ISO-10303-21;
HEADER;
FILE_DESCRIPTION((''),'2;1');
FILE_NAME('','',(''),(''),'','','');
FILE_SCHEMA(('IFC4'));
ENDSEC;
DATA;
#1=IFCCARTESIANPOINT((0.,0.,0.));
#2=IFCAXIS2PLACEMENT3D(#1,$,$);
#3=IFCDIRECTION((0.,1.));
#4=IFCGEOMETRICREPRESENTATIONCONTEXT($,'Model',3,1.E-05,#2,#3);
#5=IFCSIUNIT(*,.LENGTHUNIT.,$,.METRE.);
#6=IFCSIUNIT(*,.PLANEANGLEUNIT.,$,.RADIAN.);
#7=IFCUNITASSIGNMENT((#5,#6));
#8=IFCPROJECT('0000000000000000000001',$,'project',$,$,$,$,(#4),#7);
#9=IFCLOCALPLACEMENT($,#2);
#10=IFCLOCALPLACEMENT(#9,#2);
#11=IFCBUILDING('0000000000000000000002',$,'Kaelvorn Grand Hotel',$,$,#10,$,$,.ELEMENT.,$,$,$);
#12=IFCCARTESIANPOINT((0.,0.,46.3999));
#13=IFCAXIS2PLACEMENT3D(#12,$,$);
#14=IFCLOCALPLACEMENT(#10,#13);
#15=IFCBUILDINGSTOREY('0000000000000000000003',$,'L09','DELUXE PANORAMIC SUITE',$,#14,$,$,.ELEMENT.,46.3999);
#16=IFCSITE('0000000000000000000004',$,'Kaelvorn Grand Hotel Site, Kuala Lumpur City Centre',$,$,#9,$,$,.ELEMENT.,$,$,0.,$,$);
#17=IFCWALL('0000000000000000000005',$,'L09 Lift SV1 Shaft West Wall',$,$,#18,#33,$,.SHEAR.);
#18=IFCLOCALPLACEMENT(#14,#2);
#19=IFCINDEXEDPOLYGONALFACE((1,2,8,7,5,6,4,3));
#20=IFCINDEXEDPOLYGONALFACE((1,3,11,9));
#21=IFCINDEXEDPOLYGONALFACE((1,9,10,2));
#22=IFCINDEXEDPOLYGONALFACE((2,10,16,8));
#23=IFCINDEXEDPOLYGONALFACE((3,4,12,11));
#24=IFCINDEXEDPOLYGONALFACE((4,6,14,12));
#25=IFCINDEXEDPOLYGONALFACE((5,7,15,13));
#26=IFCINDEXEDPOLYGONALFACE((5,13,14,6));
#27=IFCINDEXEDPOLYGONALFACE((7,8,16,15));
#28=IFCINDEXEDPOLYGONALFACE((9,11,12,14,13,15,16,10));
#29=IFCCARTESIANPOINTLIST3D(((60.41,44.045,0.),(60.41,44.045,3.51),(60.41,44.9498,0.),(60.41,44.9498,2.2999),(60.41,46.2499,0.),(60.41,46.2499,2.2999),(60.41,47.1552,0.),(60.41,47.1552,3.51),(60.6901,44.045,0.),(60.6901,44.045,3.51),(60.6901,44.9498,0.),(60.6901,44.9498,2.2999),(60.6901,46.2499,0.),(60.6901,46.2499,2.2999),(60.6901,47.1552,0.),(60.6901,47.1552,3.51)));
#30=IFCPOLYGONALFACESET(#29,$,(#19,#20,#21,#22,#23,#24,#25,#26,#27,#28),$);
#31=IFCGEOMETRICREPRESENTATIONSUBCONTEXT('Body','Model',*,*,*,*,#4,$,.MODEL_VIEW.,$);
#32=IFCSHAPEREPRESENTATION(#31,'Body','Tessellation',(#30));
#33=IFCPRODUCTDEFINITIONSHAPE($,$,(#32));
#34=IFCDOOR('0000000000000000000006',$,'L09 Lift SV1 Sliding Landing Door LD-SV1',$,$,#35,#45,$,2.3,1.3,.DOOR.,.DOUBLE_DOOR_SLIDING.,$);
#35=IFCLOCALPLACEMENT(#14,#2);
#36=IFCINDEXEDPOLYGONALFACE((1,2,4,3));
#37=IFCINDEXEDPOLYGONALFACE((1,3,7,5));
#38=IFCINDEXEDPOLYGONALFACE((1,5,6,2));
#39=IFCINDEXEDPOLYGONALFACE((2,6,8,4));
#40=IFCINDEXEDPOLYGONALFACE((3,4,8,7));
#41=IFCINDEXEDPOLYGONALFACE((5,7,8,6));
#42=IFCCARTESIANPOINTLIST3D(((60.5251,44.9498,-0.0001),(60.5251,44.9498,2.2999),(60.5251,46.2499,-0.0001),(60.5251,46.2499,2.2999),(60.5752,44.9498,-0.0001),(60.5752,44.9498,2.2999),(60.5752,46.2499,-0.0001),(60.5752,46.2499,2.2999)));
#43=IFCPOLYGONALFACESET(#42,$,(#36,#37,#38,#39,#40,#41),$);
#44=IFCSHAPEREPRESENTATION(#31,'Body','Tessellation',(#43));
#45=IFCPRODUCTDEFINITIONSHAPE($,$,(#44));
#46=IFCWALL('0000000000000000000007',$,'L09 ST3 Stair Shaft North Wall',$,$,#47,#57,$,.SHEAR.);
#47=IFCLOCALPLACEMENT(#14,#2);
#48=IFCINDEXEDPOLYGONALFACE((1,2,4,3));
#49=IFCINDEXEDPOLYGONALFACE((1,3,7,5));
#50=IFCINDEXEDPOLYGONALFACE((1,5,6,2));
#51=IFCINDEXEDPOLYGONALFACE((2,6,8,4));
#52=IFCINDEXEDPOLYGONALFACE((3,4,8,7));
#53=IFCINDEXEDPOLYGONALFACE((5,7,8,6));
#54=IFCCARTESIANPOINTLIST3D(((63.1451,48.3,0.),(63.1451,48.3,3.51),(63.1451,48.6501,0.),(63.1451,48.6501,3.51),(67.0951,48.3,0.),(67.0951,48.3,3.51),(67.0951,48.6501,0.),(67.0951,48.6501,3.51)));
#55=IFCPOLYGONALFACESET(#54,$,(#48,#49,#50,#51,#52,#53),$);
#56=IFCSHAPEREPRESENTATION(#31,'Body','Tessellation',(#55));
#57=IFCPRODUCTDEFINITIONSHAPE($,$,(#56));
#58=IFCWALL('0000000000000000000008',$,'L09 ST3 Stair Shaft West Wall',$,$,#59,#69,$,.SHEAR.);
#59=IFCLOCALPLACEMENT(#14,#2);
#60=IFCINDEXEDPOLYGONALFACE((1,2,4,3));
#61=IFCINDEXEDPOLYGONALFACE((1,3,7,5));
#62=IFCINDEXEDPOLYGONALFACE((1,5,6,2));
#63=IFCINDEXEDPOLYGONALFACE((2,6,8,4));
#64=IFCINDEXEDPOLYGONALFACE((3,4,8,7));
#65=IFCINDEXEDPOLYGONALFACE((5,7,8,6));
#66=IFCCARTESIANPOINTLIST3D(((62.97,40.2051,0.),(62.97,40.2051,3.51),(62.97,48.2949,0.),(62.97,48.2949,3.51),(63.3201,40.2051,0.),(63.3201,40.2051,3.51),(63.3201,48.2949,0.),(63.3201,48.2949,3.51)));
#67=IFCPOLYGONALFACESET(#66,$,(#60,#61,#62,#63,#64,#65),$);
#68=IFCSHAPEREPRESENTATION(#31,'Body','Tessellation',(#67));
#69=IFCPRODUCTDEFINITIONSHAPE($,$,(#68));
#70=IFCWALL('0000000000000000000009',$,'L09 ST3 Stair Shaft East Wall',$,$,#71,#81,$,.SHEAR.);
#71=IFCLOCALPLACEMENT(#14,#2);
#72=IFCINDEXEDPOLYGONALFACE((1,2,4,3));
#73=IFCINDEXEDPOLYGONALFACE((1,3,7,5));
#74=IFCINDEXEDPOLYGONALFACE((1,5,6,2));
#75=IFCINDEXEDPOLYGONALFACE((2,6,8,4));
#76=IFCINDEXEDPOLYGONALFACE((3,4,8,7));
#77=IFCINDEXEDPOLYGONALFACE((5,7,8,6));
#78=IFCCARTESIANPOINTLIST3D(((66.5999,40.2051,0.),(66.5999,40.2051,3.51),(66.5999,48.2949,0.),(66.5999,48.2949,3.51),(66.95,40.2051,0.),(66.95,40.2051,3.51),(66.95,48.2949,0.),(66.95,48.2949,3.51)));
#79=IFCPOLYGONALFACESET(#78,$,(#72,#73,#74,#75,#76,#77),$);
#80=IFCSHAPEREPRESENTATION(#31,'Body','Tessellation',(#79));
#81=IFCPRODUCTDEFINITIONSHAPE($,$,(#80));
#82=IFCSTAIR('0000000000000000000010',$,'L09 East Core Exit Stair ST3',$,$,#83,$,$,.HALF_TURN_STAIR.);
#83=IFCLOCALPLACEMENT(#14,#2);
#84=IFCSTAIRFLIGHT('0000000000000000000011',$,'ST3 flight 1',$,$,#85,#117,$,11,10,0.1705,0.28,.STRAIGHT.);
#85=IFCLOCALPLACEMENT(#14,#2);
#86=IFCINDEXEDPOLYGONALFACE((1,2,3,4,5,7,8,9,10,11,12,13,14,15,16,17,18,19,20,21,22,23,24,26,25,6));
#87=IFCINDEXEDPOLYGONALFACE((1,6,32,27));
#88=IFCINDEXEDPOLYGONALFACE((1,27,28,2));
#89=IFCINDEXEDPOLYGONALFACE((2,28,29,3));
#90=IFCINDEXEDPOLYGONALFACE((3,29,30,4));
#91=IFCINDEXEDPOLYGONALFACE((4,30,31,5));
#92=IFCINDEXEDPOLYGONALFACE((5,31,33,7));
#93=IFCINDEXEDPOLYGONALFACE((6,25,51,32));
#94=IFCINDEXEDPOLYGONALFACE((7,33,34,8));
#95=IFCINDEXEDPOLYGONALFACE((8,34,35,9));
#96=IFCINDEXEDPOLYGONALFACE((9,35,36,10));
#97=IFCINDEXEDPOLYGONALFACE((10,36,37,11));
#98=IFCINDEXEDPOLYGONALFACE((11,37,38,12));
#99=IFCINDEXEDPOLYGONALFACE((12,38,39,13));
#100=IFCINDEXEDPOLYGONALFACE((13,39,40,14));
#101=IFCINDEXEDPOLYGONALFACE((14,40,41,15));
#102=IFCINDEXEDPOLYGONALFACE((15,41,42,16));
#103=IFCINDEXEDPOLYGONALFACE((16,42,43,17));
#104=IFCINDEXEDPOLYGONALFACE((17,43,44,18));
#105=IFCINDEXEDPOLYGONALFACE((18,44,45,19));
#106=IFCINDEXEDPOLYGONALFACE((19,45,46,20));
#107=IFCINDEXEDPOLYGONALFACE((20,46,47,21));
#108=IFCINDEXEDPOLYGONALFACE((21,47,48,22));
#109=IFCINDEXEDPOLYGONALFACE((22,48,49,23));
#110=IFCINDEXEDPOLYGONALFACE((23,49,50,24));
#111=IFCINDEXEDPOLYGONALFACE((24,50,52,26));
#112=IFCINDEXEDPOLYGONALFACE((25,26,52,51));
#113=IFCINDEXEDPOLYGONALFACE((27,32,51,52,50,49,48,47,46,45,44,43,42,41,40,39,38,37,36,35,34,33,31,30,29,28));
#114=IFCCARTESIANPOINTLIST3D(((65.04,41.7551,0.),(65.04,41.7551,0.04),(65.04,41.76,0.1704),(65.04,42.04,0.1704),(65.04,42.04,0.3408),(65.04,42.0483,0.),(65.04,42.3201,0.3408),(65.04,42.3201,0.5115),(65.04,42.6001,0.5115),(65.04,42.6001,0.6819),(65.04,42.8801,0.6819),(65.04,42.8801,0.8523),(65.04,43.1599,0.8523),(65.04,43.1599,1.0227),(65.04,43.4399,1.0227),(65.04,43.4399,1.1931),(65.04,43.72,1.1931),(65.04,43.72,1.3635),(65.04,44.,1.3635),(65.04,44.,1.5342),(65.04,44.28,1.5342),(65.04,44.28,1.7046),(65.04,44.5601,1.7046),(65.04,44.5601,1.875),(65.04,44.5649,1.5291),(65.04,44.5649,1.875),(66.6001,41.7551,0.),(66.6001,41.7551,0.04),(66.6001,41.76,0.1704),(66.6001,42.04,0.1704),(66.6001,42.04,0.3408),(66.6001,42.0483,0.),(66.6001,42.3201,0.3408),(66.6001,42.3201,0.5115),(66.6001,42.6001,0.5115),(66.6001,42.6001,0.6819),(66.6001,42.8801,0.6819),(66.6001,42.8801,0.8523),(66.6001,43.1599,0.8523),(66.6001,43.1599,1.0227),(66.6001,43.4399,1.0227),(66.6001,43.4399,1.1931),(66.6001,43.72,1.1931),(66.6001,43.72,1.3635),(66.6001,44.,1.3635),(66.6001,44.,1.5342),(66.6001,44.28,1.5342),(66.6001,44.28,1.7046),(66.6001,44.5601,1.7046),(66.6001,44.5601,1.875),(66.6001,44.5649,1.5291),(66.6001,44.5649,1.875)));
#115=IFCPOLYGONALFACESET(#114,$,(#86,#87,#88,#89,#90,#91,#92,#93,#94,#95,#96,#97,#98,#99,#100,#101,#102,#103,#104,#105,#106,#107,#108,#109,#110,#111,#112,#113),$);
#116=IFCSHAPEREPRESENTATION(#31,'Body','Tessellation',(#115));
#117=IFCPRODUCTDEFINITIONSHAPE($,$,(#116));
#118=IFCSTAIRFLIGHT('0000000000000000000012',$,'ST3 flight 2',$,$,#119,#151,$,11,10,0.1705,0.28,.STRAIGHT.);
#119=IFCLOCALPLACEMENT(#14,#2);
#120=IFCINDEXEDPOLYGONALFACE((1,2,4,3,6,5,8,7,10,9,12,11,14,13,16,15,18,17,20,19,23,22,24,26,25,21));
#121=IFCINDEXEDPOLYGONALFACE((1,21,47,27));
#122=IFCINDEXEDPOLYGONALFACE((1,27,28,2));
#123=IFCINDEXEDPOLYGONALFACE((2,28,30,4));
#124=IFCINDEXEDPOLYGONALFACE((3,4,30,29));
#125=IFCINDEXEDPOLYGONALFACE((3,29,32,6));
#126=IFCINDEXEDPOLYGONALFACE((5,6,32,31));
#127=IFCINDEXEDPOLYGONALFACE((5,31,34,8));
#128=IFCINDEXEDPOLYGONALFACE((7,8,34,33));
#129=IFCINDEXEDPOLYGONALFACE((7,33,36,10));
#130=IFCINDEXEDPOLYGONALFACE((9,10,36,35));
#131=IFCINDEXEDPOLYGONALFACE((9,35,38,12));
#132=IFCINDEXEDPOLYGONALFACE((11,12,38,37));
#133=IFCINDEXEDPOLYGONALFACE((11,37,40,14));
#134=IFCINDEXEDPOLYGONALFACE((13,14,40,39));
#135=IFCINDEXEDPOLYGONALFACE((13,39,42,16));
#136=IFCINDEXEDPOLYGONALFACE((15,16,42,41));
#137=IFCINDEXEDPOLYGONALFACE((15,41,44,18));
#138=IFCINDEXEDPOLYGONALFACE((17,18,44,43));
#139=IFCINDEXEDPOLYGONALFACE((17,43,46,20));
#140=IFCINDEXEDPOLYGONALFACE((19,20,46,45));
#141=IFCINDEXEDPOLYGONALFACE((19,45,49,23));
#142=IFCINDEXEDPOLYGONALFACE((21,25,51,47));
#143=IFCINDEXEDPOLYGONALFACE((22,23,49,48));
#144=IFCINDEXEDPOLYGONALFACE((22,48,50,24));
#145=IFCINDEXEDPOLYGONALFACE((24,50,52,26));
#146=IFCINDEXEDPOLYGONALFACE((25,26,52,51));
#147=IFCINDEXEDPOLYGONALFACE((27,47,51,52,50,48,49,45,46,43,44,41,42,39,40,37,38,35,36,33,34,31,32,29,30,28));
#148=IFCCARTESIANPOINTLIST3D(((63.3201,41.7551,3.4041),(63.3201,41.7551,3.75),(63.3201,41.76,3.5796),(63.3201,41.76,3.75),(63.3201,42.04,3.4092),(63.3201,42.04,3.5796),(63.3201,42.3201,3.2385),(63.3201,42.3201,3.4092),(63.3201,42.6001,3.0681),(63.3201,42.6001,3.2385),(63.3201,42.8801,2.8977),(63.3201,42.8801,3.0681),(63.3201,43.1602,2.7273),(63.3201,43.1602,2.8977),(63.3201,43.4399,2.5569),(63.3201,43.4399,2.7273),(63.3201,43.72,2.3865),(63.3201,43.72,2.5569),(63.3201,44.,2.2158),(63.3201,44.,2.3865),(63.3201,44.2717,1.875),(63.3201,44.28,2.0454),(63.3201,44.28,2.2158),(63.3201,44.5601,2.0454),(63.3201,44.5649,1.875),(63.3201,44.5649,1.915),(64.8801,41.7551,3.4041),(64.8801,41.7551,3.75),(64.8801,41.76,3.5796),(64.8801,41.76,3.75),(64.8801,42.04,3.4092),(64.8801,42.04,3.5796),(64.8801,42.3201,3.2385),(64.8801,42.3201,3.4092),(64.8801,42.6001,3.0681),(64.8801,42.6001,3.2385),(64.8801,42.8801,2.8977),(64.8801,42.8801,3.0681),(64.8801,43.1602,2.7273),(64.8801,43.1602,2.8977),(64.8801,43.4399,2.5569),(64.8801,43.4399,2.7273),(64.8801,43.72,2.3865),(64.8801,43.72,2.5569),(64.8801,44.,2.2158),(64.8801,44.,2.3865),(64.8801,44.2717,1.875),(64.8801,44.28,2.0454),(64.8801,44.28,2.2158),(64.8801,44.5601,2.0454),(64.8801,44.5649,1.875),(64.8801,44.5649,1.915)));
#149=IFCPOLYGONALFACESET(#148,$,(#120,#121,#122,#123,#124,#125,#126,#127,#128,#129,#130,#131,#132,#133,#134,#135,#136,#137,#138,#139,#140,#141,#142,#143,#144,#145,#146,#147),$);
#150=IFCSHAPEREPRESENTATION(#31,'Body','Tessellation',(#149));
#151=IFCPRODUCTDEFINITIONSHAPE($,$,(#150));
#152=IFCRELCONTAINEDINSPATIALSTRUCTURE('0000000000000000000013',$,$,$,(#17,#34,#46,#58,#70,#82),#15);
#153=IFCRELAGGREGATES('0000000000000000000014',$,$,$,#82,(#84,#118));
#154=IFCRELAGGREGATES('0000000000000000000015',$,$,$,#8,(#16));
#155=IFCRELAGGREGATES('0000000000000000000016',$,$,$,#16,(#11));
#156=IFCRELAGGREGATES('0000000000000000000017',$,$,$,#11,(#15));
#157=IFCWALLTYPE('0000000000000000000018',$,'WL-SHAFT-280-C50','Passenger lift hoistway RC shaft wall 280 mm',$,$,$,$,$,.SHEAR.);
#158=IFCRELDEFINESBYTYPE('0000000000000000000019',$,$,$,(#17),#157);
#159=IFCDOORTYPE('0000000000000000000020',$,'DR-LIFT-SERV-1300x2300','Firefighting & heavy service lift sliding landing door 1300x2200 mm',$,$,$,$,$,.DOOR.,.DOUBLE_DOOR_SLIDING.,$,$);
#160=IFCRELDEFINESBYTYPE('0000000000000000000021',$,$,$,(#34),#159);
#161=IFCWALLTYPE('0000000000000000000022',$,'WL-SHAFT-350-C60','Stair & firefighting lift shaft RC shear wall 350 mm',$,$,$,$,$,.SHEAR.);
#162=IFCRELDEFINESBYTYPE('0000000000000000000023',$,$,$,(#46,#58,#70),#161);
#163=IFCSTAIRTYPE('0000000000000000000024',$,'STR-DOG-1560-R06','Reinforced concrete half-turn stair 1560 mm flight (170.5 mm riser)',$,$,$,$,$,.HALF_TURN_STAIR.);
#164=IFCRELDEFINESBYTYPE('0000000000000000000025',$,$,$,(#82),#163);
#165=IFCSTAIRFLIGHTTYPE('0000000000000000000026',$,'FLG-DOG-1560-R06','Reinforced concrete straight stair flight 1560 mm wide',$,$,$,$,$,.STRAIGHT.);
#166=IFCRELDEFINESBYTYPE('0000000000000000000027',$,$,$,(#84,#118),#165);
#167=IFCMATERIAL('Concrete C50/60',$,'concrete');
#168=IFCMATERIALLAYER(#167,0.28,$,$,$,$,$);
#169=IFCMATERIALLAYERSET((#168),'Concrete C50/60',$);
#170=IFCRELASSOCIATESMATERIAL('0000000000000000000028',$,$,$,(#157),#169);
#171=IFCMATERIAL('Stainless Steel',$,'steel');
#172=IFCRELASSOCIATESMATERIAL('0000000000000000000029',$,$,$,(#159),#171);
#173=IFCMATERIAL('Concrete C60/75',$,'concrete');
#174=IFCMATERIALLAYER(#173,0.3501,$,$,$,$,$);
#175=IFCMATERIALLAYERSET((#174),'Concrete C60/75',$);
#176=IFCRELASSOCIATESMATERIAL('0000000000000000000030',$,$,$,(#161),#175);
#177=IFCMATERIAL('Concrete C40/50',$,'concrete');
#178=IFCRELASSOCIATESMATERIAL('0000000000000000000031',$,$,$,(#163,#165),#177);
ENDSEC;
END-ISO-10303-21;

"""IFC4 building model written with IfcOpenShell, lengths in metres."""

from ifc_helpers import new_model, si_unit, direction, frame, frame_2d, origin, place, context, subcontext, project, spatial, polyline, rectangle, outline, extrude, material, layer, layer_set, type_object, element, fill, aggregate, save


model = new_model("IFC4")

# Units and contexts
model_context = context("Model", 3, precision=1e-05, world=origin(), true_north=direction((0.0, 1.0)))
body_context = subcontext(model_context, "Body", "Model", "MODEL_VIEW")
ifc_project = project(units=[si_unit("LENGTHUNIT", "METRE"), si_unit("PLANEANGLEUNIT", "RADIAN")], contexts=[model_context])

# Site, building, storey
site_placement = place(None, origin())
site = spatial("IfcSite", under=ifc_project, at=site_placement, Name="Kaelvorn Grand Hotel Site, Kuala Lumpur City Centre", CompositionType="ELEMENT", RefElevation=0.0)
building_placement = place(site_placement, origin())
building = spatial("IfcBuilding", under=site, at=building_placement, Name="Kaelvorn Grand Hotel", CompositionType="ELEMENT")
storey_placement = place(building_placement, frame((0.0, 0.0, 46.3999)))
storey = spatial("IfcBuildingStorey", under=building, at=storey_placement, Name="L09", Description="DELUXE PANORAMIC SUITE", CompositionType="ELEMENT", Elevation=46.3999)

# Shared definitions
ifc_material_1 = material(Name="Concrete C60/75", Category="concrete")

# Shared definitions
ifc_material_2 = material(Name="Concrete C40/50", Category="concrete")
ifc_material_3 = material(Name="Concrete C50/60", Category="concrete")
ifc_layer_1 = layer(ifc_material_3, 0.28)
ifc_layer_set_1 = layer_set([ifc_layer_1], Name="Concrete C50/60")
wall_type_1 = type_object("IfcWallType", Name="WL-SHAFT-280-C50", Description="Passenger lift hoistway RC shaft wall 280 mm", PredefinedType="SHEAR", material=ifc_layer_set_1)

# Wall, opening, door
wall_1_placement = place(storey_placement, frame((60.55, 44.0449, 0.0), z_axis=(0.0, 0.0, 1.0), x_axis=(0.0, 1.0, 0.0)))
wall_1 = element("IfcWall", 1, at=wall_1_placement, inside=storey, type_object=wall_type_1, Name="L09 Lift SV1 Shaft West Wall", PredefinedType="SHEAR", context=body_context, shape_type="SweptSolid", body=[
    extrude(rectangle(XDim=3.1101, YDim=0.28, at=frame_2d((1.5552, 0.0))), origin(), (0.0, 0.0, 1.0), 3.51),
])
opening_1_placement = place(wall_1_placement, frame((0.905, 0.0, 0.0)))
opening_1 = element("IfcOpeningElement", 2, at=opening_1_placement, cuts=wall_1, PredefinedType="OPENING", context=body_context, shape_type="SweptSolid", body=[
    extrude(rectangle(XDim=1.3, YDim=2.3, at=frame_2d((0.6499, 1.1499))), frame((0.0, 0.1499, 0.0), z_axis=(0.0, -1.0, 0.0), x_axis=(1.0, 0.0, 0.0)), (0.0, 0.0, 1.0), 0.3),
])
ifc_material_4 = material(Name="Stainless Steel", Category="steel")
door_type_1 = type_object("IfcDoorType", Name="DR-LIFT-SERV-1300x2300", Description="Firefighting & heavy service lift sliding landing door 1300x2200 mm", OperationType="DOUBLE_DOOR_SLIDING", PredefinedType="DOOR", material=ifc_material_4)
door_1_placement = place(opening_1_placement, origin())
door_1 = element("IfcDoor", 3, at=door_1_placement, inside=storey, type_object=door_type_1, Name="L09 Lift SV1 Sliding Landing Door LD-SV1", OperationType="DOUBLE_DOOR_SLIDING", OverallHeight=2.3, OverallWidth=1.3, PredefinedType="DOOR", context=body_context, shape_type="SweptSolid", body=[
    extrude(rectangle(XDim=1.3, YDim=2.3, at=frame_2d((0.6499, 1.1499))), frame((0.0, 0.0249, 0.0), z_axis=(0.0, -1.0, 0.0), x_axis=(1.0, 0.0, 0.0)), (0.0, 0.0, 1.0), 0.05),
])
fill(opening_1, door_1)
ifc_layer_2 = layer(ifc_material_1, 0.3501)
ifc_layer_set_2 = layer_set([ifc_layer_2], Name="Concrete C60/75")
wall_type_2 = type_object("IfcWallType", Name="WL-SHAFT-350-C60", Description="Stair & firefighting lift shaft RC shear wall 350 mm", PredefinedType="SHEAR", material=ifc_layer_set_2)

# Walls
wall_2_placement = place(storey_placement, frame((63.145, 48.4751, 0.0), z_axis=(0.0, 0.0, 1.0), x_axis=(1.0, 0.0, 0.0)))
element("IfcWall", 4, at=wall_2_placement, inside=storey, type_object=wall_type_2, Name="L09 ST3 Stair Shaft North Wall", PredefinedType="SHEAR", context=body_context, shape_type="SweptSolid", body=[
    extrude(rectangle(XDim=3.95, YDim=0.3501, at=frame_2d((1.9751, 0.0))), origin(), (0.0, 0.0, 1.0), 3.51),
])
for number, where, z_axis, x_axis, name in (
    (5, (63.145, 40.2051, 0.0), (0.0, 0.0, 1.0), (0.0, 1.0, 0.0), "L09 ST3 Stair Shaft West Wall"),
    (6, (66.7749, 40.2051, 0.0), (0.0, 0.0, 1.0), (0.0, 1.0, 0.0), "L09 ST3 Stair Shaft East Wall"),
):
    element("IfcWall", number, at=place(storey_placement, frame(where, z_axis=z_axis, x_axis=x_axis)), inside=storey, type_object=wall_type_2, Name=name, PredefinedType="SHEAR", context=body_context, shape_type="SweptSolid", body=[
        extrude(rectangle(XDim=8.0898, YDim=0.3501, at=frame_2d((4.0449, 0.0))), origin(), (0.0, 0.0, 1.0), 3.51),
    ])

# Stair, stair flights
stair_type = type_object("IfcStairType", Name="STR-DOG-1560-R06", Description="Reinforced concrete half-turn stair 1560 mm flight (170.5 mm riser)", PredefinedType="HALF_TURN_STAIR", material=ifc_material_2)
stair_placement = place(storey_placement, origin())
stair = element("IfcStair", 7, at=stair_placement, inside=storey, type_object=stair_type, Name="L09 East Core Exit Stair ST3", PredefinedType="HALF_TURN_STAIR")
stair_flight_type = type_object("IfcStairFlightType", Name="FLG-DOG-1560-R06", Description="Reinforced concrete straight stair flight 1560 mm wide", PredefinedType="STRAIGHT", material=ifc_material_2)
stair_flight_1_placement = place(storey_placement, frame((65.8201, 41.76, 0.0), z_axis=(0.0, 0.0, 1.0), x_axis=(0.0, 1.0, 0.0)))
stair_flight_1 = element("IfcStairFlight", 8, at=stair_flight_1_placement, type_object=stair_flight_type, Name="ST3 flight 1", NumberOfRisers=11, NumberOfTreads=10, PredefinedType="STRAIGHT", RiserHeight=0.1705, TreadLength=0.28, context=body_context, shape_type="SweptSolid", body=[
    extrude(outline(polyline([(-0.0049, 0.0), (-0.0049, 0.04), (0.0, 0.1704), (0.28, 0.1704), (0.28, 0.3408), (0.5601, 0.3408), (0.5601, 0.5115), (0.8401, 0.5115), (0.8401, 0.6819), (1.1201, 0.6819), (1.1201, 0.8523), (1.3999, 0.8523), (1.3999, 1.0227), (1.6799, 1.0227), (1.6799, 1.1931), (1.96, 1.1931), (1.96, 1.3635), (2.24, 1.3635), (2.24, 1.5342), (2.52, 1.5342), (2.52, 1.7046), (2.8, 1.7046), (2.8, 1.875), (2.8049, 1.875), (2.8049, 1.5291), (0.2883, 0.0), (-0.0049, 0.0)])), frame((0.0, 0.78, 0.0), z_axis=(0.0, -1.0, 0.0), x_axis=(1.0, 0.0, 0.0)), (0.0, 0.0, 1.0), 1.5601),
])
stair_flight_2_placement = place(storey_placement, frame((64.1001, 44.5601, 1.875), z_axis=(0.0, 0.0, 1.0), x_axis=(0.0, -1.0, 0.0)))
stair_flight_2 = element("IfcStairFlight", 9, at=stair_flight_2_placement, type_object=stair_flight_type, Name="ST3 flight 2", NumberOfRisers=11, NumberOfTreads=10, PredefinedType="STRAIGHT", RiserHeight=0.1705, TreadLength=0.28, context=body_context, shape_type="SweptSolid", body=[
    extrude(outline(polyline([(-0.0049, 0.0), (-0.0049, 0.04), (0.0, 0.1704), (0.28, 0.1704), (0.28, 0.3408), (0.5601, 0.3408), (0.5601, 0.5115), (0.8401, 0.5115), (0.8401, 0.6819), (1.1201, 0.6819), (1.1201, 0.8523), (1.3999, 0.8523), (1.3999, 1.0227), (1.6799, 1.0227), (1.6799, 1.1931), (1.96, 1.1931), (1.96, 1.3635), (2.24, 1.3635), (2.24, 1.5342), (2.52, 1.5342), (2.52, 1.7046), (2.8, 1.7046), (2.8, 1.875), (2.8049, 1.875), (2.8049, 1.5291), (0.2883, 0.0), (-0.0049, 0.0)])), frame((0.0, 0.78, 0.0), z_axis=(0.0, -1.0, 0.0), x_axis=(1.0, 0.0, 0.0)), (0.0, 0.0, 1.0), 1.5601),
])
aggregate(stair, [stair_flight_1, stair_flight_2])

save(model, "model.ifc")
